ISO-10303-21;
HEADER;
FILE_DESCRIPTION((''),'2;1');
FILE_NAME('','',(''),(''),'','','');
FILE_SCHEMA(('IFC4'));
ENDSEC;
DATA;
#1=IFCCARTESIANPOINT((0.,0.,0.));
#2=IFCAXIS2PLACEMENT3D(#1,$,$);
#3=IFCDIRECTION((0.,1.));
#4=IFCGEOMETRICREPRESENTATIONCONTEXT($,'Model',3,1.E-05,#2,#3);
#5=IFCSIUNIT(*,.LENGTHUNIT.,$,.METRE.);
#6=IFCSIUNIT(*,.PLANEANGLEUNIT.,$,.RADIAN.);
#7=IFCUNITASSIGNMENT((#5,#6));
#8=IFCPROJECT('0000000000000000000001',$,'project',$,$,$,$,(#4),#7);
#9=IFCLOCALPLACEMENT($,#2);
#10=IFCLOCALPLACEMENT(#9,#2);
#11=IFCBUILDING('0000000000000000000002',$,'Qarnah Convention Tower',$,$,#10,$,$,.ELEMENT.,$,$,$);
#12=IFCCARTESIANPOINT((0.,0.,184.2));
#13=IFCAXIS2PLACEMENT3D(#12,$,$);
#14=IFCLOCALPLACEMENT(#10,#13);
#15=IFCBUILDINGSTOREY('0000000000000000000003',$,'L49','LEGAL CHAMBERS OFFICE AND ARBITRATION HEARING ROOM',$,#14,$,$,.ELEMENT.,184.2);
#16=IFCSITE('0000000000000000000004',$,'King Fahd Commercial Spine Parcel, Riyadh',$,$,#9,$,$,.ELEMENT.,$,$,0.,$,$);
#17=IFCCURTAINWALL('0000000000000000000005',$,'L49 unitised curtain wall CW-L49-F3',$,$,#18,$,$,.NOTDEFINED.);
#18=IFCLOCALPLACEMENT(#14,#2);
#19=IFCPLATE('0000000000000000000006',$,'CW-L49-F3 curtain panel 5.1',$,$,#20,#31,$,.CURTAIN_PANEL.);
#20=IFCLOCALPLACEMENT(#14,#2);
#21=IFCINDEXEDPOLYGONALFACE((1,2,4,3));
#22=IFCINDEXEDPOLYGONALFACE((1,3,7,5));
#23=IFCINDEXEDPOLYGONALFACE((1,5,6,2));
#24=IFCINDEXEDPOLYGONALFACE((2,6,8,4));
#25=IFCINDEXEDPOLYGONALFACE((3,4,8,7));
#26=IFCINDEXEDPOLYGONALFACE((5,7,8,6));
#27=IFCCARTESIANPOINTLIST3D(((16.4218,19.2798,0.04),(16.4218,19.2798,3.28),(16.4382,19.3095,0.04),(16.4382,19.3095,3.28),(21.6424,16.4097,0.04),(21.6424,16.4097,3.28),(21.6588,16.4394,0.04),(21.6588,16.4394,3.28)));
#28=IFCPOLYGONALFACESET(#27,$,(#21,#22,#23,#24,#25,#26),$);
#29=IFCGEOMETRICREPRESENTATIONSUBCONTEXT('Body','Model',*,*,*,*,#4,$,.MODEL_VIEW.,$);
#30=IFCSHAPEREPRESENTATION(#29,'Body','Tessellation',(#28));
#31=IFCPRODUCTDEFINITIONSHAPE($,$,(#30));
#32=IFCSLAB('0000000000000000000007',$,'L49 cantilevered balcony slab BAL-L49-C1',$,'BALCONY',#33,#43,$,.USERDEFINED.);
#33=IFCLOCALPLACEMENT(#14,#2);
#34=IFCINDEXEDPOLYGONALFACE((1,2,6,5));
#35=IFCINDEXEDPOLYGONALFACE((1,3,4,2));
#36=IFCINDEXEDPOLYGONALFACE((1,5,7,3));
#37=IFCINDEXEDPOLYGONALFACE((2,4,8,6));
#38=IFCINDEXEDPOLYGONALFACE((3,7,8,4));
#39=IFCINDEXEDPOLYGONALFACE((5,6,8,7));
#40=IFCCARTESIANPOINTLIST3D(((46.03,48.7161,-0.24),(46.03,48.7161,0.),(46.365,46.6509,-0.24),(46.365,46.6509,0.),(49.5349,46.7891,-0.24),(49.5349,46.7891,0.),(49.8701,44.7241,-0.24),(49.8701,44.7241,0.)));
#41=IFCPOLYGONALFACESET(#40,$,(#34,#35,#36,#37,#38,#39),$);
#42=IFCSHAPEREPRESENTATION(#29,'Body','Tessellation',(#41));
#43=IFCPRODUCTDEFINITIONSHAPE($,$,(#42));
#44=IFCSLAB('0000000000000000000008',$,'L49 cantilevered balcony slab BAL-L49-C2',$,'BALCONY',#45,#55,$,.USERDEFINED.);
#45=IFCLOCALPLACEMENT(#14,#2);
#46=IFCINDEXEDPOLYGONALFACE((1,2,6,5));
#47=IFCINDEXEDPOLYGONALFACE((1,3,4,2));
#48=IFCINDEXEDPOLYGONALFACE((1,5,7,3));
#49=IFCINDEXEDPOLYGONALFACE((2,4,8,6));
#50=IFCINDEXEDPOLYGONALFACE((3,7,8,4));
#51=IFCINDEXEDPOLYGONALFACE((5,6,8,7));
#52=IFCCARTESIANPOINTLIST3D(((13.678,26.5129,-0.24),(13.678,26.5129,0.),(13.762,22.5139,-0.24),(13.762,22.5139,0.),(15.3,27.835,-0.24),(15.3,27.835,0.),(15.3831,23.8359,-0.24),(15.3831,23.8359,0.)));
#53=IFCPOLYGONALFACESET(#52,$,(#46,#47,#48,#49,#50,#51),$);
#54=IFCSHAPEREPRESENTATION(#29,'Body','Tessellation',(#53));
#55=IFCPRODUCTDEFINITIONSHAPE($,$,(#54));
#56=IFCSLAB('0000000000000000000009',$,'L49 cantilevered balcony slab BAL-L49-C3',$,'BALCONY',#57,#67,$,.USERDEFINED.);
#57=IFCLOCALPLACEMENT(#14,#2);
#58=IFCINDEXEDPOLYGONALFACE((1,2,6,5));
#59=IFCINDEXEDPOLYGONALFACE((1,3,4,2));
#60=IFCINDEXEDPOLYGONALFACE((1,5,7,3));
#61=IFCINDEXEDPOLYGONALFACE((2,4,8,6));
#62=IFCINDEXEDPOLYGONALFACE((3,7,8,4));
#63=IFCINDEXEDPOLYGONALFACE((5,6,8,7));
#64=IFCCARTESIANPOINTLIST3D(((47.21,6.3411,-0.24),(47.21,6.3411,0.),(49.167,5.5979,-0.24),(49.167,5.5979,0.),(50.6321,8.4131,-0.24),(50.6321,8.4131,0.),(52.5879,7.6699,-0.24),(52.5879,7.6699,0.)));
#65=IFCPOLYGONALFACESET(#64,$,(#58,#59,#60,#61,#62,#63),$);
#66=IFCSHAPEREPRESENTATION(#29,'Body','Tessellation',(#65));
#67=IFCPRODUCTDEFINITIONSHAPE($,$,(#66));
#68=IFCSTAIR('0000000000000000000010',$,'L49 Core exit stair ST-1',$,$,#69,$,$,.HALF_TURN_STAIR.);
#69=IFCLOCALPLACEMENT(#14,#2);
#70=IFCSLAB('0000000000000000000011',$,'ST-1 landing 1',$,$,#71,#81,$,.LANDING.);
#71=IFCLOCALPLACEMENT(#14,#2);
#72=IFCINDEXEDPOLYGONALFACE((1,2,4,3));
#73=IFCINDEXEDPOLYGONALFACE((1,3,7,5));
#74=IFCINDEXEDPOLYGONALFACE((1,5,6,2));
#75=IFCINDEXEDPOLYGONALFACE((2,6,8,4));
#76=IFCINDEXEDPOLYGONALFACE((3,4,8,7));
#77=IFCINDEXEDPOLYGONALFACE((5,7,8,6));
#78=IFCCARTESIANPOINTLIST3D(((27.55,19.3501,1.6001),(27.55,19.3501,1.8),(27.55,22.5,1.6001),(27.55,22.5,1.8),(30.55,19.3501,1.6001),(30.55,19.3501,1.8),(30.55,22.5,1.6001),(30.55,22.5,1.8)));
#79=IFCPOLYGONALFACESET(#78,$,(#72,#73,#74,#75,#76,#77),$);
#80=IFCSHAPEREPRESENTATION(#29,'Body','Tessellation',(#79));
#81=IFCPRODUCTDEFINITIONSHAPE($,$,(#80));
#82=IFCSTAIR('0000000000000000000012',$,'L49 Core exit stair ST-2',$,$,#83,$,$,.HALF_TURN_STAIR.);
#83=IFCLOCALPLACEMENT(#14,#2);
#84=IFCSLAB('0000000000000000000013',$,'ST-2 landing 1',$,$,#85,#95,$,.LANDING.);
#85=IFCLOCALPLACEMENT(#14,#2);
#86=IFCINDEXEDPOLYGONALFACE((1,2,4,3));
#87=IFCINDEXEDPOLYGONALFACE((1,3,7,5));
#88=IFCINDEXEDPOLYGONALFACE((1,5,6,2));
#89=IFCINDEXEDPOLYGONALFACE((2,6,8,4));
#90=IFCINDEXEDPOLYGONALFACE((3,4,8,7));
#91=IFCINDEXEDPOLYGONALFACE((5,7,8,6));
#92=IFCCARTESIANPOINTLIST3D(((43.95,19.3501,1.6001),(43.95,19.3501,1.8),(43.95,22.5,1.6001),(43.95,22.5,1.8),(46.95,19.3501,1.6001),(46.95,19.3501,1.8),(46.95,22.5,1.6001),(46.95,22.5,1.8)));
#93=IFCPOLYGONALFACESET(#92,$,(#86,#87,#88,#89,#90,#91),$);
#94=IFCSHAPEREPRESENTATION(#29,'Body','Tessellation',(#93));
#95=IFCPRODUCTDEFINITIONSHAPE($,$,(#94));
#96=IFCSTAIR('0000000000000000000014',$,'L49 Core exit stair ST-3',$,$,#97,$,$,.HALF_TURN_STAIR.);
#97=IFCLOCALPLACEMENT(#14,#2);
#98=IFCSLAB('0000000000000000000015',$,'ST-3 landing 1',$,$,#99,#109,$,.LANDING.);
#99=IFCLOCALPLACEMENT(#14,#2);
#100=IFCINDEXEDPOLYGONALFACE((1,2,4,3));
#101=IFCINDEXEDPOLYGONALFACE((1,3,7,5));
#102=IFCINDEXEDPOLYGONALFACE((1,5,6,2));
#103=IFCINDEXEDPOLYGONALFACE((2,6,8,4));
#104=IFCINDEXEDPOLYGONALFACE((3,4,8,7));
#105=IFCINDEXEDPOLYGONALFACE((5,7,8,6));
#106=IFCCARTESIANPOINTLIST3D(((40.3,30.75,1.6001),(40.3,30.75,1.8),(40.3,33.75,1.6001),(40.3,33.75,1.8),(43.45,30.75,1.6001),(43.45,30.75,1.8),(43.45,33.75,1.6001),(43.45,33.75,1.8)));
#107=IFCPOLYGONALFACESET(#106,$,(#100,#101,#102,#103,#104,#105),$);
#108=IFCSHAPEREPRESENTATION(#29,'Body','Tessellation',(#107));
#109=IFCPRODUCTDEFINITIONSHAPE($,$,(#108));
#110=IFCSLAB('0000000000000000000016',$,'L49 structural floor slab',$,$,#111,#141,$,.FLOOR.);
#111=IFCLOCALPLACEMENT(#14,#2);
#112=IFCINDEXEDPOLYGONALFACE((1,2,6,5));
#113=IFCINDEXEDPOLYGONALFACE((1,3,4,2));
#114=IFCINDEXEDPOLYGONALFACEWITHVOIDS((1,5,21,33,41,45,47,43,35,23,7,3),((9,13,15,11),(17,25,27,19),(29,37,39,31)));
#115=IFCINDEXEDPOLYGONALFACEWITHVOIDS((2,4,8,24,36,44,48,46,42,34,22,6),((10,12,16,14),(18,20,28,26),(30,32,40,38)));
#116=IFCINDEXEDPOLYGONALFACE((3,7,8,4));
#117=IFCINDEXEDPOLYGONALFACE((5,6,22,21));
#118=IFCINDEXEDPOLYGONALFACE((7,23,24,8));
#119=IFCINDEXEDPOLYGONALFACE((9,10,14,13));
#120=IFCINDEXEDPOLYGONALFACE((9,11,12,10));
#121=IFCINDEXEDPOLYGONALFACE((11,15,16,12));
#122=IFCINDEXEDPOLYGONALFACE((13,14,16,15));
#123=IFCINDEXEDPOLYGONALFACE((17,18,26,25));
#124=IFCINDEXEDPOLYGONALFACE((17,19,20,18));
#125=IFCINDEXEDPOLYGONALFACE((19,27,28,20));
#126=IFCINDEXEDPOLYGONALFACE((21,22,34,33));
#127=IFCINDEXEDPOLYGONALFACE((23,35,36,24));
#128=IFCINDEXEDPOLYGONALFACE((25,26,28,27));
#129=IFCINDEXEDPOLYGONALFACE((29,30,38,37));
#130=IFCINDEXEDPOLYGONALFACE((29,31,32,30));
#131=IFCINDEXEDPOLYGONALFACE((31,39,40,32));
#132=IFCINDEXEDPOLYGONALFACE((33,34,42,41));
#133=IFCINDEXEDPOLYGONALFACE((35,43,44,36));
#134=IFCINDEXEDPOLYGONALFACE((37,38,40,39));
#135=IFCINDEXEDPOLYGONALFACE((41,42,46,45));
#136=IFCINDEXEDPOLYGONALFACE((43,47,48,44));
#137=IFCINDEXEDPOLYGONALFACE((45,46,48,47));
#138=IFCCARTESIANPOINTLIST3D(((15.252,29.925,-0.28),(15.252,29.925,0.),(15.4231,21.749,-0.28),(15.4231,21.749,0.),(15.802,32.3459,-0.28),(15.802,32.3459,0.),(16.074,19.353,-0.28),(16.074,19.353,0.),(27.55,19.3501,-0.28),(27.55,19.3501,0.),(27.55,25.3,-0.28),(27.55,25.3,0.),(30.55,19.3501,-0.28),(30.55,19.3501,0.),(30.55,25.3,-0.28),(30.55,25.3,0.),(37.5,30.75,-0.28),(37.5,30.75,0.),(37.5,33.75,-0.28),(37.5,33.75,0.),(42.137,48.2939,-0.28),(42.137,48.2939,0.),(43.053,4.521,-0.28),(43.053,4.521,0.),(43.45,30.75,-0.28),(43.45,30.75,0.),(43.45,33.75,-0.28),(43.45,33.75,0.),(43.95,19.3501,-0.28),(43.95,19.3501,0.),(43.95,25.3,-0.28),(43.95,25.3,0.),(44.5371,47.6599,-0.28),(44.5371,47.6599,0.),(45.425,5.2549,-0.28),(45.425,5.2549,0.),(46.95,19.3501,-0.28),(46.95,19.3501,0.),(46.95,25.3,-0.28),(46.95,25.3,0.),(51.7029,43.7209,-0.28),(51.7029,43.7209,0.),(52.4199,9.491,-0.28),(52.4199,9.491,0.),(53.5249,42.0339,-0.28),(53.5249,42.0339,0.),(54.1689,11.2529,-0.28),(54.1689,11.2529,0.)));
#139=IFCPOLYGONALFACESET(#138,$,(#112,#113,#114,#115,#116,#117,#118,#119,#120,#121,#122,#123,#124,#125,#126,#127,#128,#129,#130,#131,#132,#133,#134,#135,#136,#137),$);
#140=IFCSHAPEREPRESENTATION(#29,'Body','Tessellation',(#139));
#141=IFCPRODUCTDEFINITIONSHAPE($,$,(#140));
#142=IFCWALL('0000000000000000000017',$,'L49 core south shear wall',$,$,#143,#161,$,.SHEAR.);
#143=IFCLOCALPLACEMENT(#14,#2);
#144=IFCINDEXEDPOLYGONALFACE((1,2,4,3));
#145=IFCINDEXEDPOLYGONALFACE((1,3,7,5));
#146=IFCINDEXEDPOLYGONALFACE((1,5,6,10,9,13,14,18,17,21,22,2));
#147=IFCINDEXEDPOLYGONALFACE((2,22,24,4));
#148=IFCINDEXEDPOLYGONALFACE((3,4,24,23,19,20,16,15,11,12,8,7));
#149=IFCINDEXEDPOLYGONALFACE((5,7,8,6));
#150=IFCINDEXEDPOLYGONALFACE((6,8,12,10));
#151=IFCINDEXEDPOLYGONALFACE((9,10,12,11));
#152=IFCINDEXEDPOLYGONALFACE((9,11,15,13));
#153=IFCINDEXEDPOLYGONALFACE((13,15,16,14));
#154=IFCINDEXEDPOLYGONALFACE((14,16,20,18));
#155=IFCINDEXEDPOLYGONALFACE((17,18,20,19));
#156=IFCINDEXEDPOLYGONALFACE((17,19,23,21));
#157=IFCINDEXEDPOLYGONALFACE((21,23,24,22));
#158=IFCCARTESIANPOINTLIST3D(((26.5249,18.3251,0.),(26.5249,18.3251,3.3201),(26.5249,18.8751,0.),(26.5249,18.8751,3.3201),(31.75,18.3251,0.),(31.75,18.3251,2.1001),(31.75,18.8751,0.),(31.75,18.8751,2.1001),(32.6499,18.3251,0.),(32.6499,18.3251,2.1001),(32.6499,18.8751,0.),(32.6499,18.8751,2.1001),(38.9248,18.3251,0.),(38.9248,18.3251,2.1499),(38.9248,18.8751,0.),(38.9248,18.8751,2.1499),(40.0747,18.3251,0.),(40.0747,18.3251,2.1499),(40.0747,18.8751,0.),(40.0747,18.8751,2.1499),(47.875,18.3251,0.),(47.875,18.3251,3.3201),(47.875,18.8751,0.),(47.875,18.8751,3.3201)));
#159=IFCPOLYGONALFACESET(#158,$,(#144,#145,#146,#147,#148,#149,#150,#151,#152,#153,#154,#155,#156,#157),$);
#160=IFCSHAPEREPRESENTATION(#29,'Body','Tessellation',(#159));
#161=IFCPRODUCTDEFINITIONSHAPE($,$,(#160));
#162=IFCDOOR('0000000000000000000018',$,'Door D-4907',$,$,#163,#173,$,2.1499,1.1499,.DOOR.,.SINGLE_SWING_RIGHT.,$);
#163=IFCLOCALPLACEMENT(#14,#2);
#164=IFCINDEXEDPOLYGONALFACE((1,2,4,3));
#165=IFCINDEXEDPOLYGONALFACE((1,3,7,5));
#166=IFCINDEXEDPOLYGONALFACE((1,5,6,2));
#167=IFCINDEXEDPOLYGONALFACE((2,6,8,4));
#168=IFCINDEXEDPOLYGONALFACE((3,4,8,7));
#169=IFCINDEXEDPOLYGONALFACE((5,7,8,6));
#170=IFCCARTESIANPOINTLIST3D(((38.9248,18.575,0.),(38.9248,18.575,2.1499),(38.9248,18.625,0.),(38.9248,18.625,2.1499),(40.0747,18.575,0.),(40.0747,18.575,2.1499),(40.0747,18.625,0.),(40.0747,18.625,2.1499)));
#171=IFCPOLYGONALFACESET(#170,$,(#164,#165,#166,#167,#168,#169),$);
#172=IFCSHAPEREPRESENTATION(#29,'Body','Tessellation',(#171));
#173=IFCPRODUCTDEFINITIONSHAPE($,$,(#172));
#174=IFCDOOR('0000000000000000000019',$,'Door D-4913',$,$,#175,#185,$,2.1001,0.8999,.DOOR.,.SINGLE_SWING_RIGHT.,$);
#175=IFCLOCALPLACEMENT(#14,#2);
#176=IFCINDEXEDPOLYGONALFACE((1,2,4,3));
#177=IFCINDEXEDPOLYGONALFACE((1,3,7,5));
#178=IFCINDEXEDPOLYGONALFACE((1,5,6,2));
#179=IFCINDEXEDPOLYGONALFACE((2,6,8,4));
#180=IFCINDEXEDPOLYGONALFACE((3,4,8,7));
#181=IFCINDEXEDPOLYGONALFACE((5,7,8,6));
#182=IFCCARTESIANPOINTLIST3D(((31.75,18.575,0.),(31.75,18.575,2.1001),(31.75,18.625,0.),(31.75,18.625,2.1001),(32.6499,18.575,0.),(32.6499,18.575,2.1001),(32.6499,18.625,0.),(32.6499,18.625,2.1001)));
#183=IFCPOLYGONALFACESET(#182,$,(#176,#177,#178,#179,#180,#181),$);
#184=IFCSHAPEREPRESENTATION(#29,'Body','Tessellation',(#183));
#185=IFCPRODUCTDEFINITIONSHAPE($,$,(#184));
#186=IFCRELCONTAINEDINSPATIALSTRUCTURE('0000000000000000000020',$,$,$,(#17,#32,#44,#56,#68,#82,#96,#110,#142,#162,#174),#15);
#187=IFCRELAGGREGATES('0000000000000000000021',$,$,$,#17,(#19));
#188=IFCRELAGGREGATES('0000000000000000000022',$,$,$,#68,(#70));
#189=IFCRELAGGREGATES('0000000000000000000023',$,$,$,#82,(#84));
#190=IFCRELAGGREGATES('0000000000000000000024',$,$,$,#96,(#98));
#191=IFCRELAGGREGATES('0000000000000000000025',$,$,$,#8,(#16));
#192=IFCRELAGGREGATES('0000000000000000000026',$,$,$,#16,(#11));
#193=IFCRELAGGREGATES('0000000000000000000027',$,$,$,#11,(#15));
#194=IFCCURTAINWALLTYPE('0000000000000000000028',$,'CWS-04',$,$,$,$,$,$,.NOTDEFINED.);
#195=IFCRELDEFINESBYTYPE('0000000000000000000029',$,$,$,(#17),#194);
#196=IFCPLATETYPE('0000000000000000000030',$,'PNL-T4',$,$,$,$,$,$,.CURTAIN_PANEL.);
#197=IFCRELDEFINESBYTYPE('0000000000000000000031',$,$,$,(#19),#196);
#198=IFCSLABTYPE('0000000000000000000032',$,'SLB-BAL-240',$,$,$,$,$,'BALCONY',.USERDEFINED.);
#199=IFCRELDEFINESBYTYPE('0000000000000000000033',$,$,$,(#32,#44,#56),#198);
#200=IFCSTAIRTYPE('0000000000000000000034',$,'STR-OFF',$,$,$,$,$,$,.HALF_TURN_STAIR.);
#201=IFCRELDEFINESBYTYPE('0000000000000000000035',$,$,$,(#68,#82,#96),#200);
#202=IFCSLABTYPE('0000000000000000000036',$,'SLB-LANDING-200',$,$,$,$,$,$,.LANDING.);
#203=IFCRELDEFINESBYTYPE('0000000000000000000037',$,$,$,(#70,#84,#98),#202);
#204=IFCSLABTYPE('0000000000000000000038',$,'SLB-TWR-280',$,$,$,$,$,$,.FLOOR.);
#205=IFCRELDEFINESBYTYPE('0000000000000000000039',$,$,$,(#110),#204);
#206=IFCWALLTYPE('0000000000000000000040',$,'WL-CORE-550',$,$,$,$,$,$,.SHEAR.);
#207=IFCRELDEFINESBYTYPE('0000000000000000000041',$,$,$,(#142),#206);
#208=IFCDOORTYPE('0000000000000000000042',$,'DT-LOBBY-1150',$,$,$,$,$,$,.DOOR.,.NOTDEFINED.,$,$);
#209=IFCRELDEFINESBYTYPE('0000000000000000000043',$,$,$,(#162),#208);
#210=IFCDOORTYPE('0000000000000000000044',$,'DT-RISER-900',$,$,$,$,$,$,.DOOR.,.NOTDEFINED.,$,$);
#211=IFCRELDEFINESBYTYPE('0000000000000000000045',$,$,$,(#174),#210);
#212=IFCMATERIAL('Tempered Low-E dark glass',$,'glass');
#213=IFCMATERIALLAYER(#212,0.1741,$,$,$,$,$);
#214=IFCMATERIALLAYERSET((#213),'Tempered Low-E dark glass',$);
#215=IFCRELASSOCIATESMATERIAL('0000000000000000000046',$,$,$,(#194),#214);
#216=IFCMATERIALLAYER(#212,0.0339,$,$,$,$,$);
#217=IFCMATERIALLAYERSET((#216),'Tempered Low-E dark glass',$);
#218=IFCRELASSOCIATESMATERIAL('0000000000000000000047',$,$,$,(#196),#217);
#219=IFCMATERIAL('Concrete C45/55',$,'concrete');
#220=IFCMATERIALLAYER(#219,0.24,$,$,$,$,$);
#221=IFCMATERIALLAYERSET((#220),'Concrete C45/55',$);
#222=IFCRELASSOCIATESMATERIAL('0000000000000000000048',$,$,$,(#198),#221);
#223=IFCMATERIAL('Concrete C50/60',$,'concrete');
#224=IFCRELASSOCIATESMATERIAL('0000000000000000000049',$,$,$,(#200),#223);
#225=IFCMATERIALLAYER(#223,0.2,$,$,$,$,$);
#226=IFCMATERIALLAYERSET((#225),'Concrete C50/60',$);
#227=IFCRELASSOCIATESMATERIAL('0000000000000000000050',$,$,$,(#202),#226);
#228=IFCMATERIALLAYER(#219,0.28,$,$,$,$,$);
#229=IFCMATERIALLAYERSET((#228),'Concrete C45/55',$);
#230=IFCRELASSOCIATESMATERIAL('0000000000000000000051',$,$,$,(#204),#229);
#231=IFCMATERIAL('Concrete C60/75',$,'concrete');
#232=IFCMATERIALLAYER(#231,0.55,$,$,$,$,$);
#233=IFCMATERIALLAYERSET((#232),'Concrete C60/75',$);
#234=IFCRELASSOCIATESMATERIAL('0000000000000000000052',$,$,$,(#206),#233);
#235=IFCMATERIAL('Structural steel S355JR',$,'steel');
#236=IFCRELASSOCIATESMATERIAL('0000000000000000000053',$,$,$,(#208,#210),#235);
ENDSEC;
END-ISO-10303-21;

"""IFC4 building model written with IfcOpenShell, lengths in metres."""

from ifc_helpers import new_model, si_unit, direction, frame, frame_2d, origin, origin_2d, place, context, subcontext, project, spatial, polyline, rectangle, outline, extrude, material, layer, layer_set, type_object, element, fill, aggregate, save


model = new_model("IFC4")

# Units and contexts
model_context = context("Model", 3, precision=1e-05, world=origin(), true_north=direction((0.0, 1.0)))
body_context = subcontext(model_context, "Body", "Model", "MODEL_VIEW")
ifc_project = project(units=[si_unit("LENGTHUNIT", "METRE"), si_unit("PLANEANGLEUNIT", "RADIAN")], contexts=[model_context])

# Site, building, storey
site_placement = place(None, origin())
site = spatial("IfcSite", under=ifc_project, at=site_placement, Name="King Fahd Commercial Spine Parcel, Riyadh", CompositionType="ELEMENT", RefElevation=0.0)
building_placement = place(site_placement, origin())
building = spatial("IfcBuilding", under=site, at=building_placement, Name="Qarnah Convention Tower", CompositionType="ELEMENT")
storey_placement = place(building_placement, frame((0.0, 0.0, 184.2)))
storey = spatial("IfcBuildingStorey", under=building, at=storey_placement, Name="L49", Description="LEGAL CHAMBERS OFFICE AND ARBITRATION HEARING ROOM", CompositionType="ELEMENT", Elevation=184.2)

# Shared definitions
ifc_material_1 = material(Name="Concrete C50/60", Category="concrete")

# Shared definitions
ifc_material_2 = material(Name="Structural steel S355JR", Category="steel")

# Curtain wall, plate
ifc_material_3 = material(Name="Tempered Low-E dark glass", Category="glass")
ifc_layer_1 = layer(ifc_material_3, 0.1741)
ifc_layer_set_1 = layer_set([ifc_layer_1], Name="Tempered Low-E dark glass")
curtain_wall_type = type_object("IfcCurtainWallType", Name="CWS-04", PredefinedType="NOTDEFINED", material=ifc_layer_set_1)
curtain_wall_placement = place(storey_placement, origin())
curtain_wall = element("IfcCurtainWall", 1, at=curtain_wall_placement, inside=storey, type_object=curtain_wall_type, Name="L49 unitised curtain wall CW-L49-F3", PredefinedType="NOTDEFINED")
ifc_layer_2 = layer(ifc_material_3, 0.0339)
ifc_layer_set_2 = layer_set([ifc_layer_2], Name="Tempered Low-E dark glass")
plate_type = type_object("IfcPlateType", Name="PNL-T4", PredefinedType="CURTAIN_PANEL", material=ifc_layer_set_2)
plate_1_placement = place(storey_placement, frame((19.0403, 17.8596, 0.04), z_axis=(0.0, 0.0, 1.0), x_axis=(-0.876302, 0.481762, 0.0)))
plate_1 = element("IfcPlate", 2, at=plate_1_placement, type_object=plate_type, Name="CW-L49-F3 curtain panel 5.1", PredefinedType="CURTAIN_PANEL", context=body_context, shape_type="SweptSolid", body=[
    extrude(rectangle(XDim=5.9575, YDim=0.0339, at=origin_2d()), origin(), (0.0, 0.0, 1.0), 3.24),
])
aggregate(curtain_wall, [plate_1])

# Slabs
ifc_material_4 = material(Name="Concrete C45/55", Category="concrete")
ifc_layer_3 = layer(ifc_material_4, 0.24)
ifc_layer_set_3 = layer_set([ifc_layer_3], Name="Concrete C45/55")
slab_type_1 = type_object("IfcSlabType", Name="SLB-BAL-240", ElementType="BALCONY", PredefinedType="USERDEFINED", material=ifc_layer_set_3)
slab_1_placement = place(storey_placement, frame((0.0, 0.0, -0.24)))
element("IfcSlab", 3, at=slab_1_placement, inside=storey, type_object=slab_type_1, Name="L49 cantilevered balcony slab BAL-L49-C1", ObjectType="BALCONY", PredefinedType="USERDEFINED", context=body_context, shape_type="SweptSolid", body=[
    extrude(outline(polyline([(46.03, 48.7161), (49.5349, 46.7891), (49.8701, 44.7241), (46.365, 46.6509), (46.03, 48.7161)])), origin(), (0.0, 0.0, 1.0), 0.24),
])
slab_2_placement = place(storey_placement, frame((0.0, 0.0, -0.24)))
element("IfcSlab", 4, at=slab_2_placement, inside=storey, type_object=slab_type_1, Name="L49 cantilevered balcony slab BAL-L49-C2", ObjectType="BALCONY", PredefinedType="USERDEFINED", context=body_context, shape_type="SweptSolid", body=[
    extrude(outline(polyline([(13.762, 22.5139), (13.678, 26.5129), (15.3, 27.835), (15.3831, 23.8359), (13.762, 22.5139)])), origin(), (0.0, 0.0, 1.0), 0.24),
])
slab_3_placement = place(storey_placement, frame((0.0, 0.0, -0.24)))
element("IfcSlab", 5, at=slab_3_placement, inside=storey, type_object=slab_type_1, Name="L49 cantilevered balcony slab BAL-L49-C3", ObjectType="BALCONY", PredefinedType="USERDEFINED", context=body_context, shape_type="SweptSolid", body=[
    extrude(outline(polyline([(52.5879, 7.6699), (49.167, 5.5979), (47.21, 6.3411), (50.6321, 8.4131), (52.5879, 7.6699)])), origin(), (0.0, 0.0, 1.0), 0.24),
])

# Stairs, slabs
stair_type = type_object("IfcStairType", Name="STR-OFF", PredefinedType="HALF_TURN_STAIR", material=ifc_material_1)
stair_1_placement = place(storey_placement, origin())
stair_1 = element("IfcStair", 6, at=stair_1_placement, inside=storey, type_object=stair_type, Name="L49 Core exit stair ST-1", PredefinedType="HALF_TURN_STAIR")
ifc_layer_4 = layer(ifc_material_1, 0.2)
ifc_layer_set_4 = layer_set([ifc_layer_4], Name="Concrete C50/60")
slab_type_2 = type_object("IfcSlabType", Name="SLB-LANDING-200", PredefinedType="LANDING", material=ifc_layer_set_4)
slab_4_placement = place(storey_placement, frame((0.0, 0.0, 1.6001)))
slab_4 = element("IfcSlab", 7, at=slab_4_placement, type_object=slab_type_2, Name="ST-1 landing 1", PredefinedType="LANDING", context=body_context, shape_type="SweptSolid", body=[
    extrude(outline(polyline([(27.55, 22.5), (27.55, 19.3501), (30.55, 19.3501), (30.55, 22.5), (27.55, 22.5)])), origin(), (0.0, 0.0, 1.0), 0.2),
])
aggregate(stair_1, [slab_4])
stair_2_placement = place(storey_placement, origin())
stair_2 = element("IfcStair", 8, at=stair_2_placement, inside=storey, type_object=stair_type, Name="L49 Core exit stair ST-2", PredefinedType="HALF_TURN_STAIR")
slab_5_placement = place(storey_placement, frame((0.0, 0.0, 1.6001)))
slab_5 = element("IfcSlab", 9, at=slab_5_placement, type_object=slab_type_2, Name="ST-2 landing 1", PredefinedType="LANDING", context=body_context, shape_type="SweptSolid", body=[
    extrude(outline(polyline([(43.95, 22.5), (43.95, 19.3501), (46.95, 19.3501), (46.95, 22.5), (43.95, 22.5)])), origin(), (0.0, 0.0, 1.0), 0.2),
])
aggregate(stair_2, [slab_5])
stair_3_placement = place(storey_placement, origin())
stair_3 = element("IfcStair", 10, at=stair_3_placement, inside=storey, type_object=stair_type, Name="L49 Core exit stair ST-3", PredefinedType="HALF_TURN_STAIR")
slab_6_placement = place(storey_placement, frame((0.0, 0.0, 1.6001)))
slab_6 = element("IfcSlab", 11, at=slab_6_placement, type_object=slab_type_2, Name="ST-3 landing 1", PredefinedType="LANDING", context=body_context, shape_type="SweptSolid", body=[
    extrude(outline(polyline([(40.3, 30.75), (43.45, 30.75), (43.45, 33.75), (40.3, 33.75), (40.3, 30.75)])), origin(), (0.0, 0.0, 1.0), 0.2),
])
aggregate(stair_3, [slab_6])

# Slab
ifc_layer_5 = layer(ifc_material_4, 0.28)
ifc_layer_set_5 = layer_set([ifc_layer_5], Name="Concrete C45/55")
slab_type_3 = type_object("IfcSlabType", Name="SLB-TWR-280", PredefinedType="FLOOR", material=ifc_layer_set_5)
slab_7_placement = place(storey_placement, frame((0.0, 0.0, -0.28)))
element("IfcSlab", 12, at=slab_7_placement, inside=storey, type_object=slab_type_3, Name="L49 structural floor slab", PredefinedType="FLOOR", context=body_context, shape_type="SweptSolid", body=[
    extrude(outline(polyline([(42.137, 48.2939), (15.802, 32.3459), (15.252, 29.925), (15.4231, 21.749), (16.074, 19.353), (43.053, 4.521), (45.425, 5.2549), (52.4199, 9.491), (54.1689, 11.2529), (53.5249, 42.0339), (51.7029, 43.7209), (44.5371, 47.6599), (42.137, 48.2939)]), holes=[polyline([(27.55, 25.3), (27.55, 19.3501), (30.55, 19.3501), (30.55, 25.3), (27.55, 25.3)]), polyline([(43.95, 25.3), (43.95, 19.3501), (46.95, 19.3501), (46.95, 25.3), (43.95, 25.3)]), polyline([(37.5, 30.75), (43.45, 30.75), (43.45, 33.75), (37.5, 33.75), (37.5, 30.75)])]), origin(), (0.0, 0.0, 1.0), 0.28),
])

# Wall, openings, doors
ifc_material_5 = material(Name="Concrete C60/75", Category="concrete")
ifc_layer_6 = layer(ifc_material_5, 0.55)
ifc_layer_set_6 = layer_set([ifc_layer_6], Name="Concrete C60/75")
wall_type_1 = type_object("IfcWallType", Name="WL-CORE-550", PredefinedType="SHEAR", material=ifc_layer_set_6)
wall_1_placement = place(storey_placement, frame((26.5249, 18.6001, 0.0), z_axis=(0.0, 0.0, 1.0), x_axis=(1.0, 0.0, 0.0)))
wall_1 = element("IfcWall", 13, at=wall_1_placement, inside=storey, type_object=wall_type_1, Name="L49 core south shear wall", PredefinedType="SHEAR", context=body_context, shape_type="SweptSolid", body=[
    extrude(rectangle(XDim=21.3501, YDim=0.55, at=frame_2d((10.675, 0.0))), origin(), (0.0, 0.0, 1.0), 3.3201),
])
opening_1_placement = place(wall_1_placement, frame((12.3999, 0.0, 0.0)))
opening_1 = element("IfcOpeningElement", 14, at=opening_1_placement, cuts=wall_1, PredefinedType="OPENING", context=body_context, shape_type="SweptSolid", body=[
    extrude(rectangle(XDim=1.1499, YDim=2.1499, at=frame_2d((0.575, 1.075))), frame((0.0, 0.2849, 0.0), z_axis=(0.0, -1.0, 0.0), x_axis=(1.0, 0.0, 0.0)), (0.0, 0.0, 1.0), 0.5701),
])
opening_2_placement = place(wall_1_placement, frame((5.2251, 0.0, 0.0)))
opening_2 = element("IfcOpeningElement", 15, at=opening_2_placement, cuts=wall_1, PredefinedType="OPENING", context=body_context, shape_type="SweptSolid", body=[
    extrude(rectangle(XDim=0.8999, YDim=2.1001, at=frame_2d((0.45, 1.05))), frame((0.0, 0.2849, 0.0), z_axis=(0.0, -1.0, 0.0), x_axis=(1.0, 0.0, 0.0)), (0.0, 0.0, 1.0), 0.5701),
])
door_type_1 = type_object("IfcDoorType", Name="DT-LOBBY-1150", OperationType="NOTDEFINED", PredefinedType="DOOR", material=ifc_material_2)
door_1_placement = place(opening_1_placement, origin())
door_1 = element("IfcDoor", 16, at=door_1_placement, inside=storey, type_object=door_type_1, Name="Door D-4907", OperationType="SINGLE_SWING_RIGHT", OverallHeight=2.1499, OverallWidth=1.1499, PredefinedType="DOOR", context=body_context, shape_type="SweptSolid", body=[
    extrude(rectangle(XDim=1.1499, YDim=2.1499, at=frame_2d((0.575, 1.075))), frame((0.0, 0.0249, 0.0), z_axis=(0.0, -1.0, 0.0), x_axis=(1.0, 0.0, 0.0)), (0.0, 0.0, 1.0), 0.05),
])
fill(opening_1, door_1)
door_type_2 = type_object("IfcDoorType", Name="DT-RISER-900", OperationType="NOTDEFINED", PredefinedType="DOOR", material=ifc_material_2)
door_2_placement = place(opening_2_placement, origin())
door_2 = element("IfcDoor", 17, at=door_2_placement, inside=storey, type_object=door_type_2, Name="Door D-4913", OperationType="SINGLE_SWING_RIGHT", OverallHeight=2.1001, OverallWidth=0.8999, PredefinedType="DOOR", context=body_context, shape_type="SweptSolid", body=[
    extrude(rectangle(XDim=0.8999, YDim=2.1001, at=frame_2d((0.45, 1.05))), frame((0.0, 0.0249, 0.0), z_axis=(0.0, -1.0, 0.0), x_axis=(1.0, 0.0, 0.0)), (0.0, 0.0, 1.0), 0.05),
])
fill(opening_2, door_2)

save(model, "model.ifc")
